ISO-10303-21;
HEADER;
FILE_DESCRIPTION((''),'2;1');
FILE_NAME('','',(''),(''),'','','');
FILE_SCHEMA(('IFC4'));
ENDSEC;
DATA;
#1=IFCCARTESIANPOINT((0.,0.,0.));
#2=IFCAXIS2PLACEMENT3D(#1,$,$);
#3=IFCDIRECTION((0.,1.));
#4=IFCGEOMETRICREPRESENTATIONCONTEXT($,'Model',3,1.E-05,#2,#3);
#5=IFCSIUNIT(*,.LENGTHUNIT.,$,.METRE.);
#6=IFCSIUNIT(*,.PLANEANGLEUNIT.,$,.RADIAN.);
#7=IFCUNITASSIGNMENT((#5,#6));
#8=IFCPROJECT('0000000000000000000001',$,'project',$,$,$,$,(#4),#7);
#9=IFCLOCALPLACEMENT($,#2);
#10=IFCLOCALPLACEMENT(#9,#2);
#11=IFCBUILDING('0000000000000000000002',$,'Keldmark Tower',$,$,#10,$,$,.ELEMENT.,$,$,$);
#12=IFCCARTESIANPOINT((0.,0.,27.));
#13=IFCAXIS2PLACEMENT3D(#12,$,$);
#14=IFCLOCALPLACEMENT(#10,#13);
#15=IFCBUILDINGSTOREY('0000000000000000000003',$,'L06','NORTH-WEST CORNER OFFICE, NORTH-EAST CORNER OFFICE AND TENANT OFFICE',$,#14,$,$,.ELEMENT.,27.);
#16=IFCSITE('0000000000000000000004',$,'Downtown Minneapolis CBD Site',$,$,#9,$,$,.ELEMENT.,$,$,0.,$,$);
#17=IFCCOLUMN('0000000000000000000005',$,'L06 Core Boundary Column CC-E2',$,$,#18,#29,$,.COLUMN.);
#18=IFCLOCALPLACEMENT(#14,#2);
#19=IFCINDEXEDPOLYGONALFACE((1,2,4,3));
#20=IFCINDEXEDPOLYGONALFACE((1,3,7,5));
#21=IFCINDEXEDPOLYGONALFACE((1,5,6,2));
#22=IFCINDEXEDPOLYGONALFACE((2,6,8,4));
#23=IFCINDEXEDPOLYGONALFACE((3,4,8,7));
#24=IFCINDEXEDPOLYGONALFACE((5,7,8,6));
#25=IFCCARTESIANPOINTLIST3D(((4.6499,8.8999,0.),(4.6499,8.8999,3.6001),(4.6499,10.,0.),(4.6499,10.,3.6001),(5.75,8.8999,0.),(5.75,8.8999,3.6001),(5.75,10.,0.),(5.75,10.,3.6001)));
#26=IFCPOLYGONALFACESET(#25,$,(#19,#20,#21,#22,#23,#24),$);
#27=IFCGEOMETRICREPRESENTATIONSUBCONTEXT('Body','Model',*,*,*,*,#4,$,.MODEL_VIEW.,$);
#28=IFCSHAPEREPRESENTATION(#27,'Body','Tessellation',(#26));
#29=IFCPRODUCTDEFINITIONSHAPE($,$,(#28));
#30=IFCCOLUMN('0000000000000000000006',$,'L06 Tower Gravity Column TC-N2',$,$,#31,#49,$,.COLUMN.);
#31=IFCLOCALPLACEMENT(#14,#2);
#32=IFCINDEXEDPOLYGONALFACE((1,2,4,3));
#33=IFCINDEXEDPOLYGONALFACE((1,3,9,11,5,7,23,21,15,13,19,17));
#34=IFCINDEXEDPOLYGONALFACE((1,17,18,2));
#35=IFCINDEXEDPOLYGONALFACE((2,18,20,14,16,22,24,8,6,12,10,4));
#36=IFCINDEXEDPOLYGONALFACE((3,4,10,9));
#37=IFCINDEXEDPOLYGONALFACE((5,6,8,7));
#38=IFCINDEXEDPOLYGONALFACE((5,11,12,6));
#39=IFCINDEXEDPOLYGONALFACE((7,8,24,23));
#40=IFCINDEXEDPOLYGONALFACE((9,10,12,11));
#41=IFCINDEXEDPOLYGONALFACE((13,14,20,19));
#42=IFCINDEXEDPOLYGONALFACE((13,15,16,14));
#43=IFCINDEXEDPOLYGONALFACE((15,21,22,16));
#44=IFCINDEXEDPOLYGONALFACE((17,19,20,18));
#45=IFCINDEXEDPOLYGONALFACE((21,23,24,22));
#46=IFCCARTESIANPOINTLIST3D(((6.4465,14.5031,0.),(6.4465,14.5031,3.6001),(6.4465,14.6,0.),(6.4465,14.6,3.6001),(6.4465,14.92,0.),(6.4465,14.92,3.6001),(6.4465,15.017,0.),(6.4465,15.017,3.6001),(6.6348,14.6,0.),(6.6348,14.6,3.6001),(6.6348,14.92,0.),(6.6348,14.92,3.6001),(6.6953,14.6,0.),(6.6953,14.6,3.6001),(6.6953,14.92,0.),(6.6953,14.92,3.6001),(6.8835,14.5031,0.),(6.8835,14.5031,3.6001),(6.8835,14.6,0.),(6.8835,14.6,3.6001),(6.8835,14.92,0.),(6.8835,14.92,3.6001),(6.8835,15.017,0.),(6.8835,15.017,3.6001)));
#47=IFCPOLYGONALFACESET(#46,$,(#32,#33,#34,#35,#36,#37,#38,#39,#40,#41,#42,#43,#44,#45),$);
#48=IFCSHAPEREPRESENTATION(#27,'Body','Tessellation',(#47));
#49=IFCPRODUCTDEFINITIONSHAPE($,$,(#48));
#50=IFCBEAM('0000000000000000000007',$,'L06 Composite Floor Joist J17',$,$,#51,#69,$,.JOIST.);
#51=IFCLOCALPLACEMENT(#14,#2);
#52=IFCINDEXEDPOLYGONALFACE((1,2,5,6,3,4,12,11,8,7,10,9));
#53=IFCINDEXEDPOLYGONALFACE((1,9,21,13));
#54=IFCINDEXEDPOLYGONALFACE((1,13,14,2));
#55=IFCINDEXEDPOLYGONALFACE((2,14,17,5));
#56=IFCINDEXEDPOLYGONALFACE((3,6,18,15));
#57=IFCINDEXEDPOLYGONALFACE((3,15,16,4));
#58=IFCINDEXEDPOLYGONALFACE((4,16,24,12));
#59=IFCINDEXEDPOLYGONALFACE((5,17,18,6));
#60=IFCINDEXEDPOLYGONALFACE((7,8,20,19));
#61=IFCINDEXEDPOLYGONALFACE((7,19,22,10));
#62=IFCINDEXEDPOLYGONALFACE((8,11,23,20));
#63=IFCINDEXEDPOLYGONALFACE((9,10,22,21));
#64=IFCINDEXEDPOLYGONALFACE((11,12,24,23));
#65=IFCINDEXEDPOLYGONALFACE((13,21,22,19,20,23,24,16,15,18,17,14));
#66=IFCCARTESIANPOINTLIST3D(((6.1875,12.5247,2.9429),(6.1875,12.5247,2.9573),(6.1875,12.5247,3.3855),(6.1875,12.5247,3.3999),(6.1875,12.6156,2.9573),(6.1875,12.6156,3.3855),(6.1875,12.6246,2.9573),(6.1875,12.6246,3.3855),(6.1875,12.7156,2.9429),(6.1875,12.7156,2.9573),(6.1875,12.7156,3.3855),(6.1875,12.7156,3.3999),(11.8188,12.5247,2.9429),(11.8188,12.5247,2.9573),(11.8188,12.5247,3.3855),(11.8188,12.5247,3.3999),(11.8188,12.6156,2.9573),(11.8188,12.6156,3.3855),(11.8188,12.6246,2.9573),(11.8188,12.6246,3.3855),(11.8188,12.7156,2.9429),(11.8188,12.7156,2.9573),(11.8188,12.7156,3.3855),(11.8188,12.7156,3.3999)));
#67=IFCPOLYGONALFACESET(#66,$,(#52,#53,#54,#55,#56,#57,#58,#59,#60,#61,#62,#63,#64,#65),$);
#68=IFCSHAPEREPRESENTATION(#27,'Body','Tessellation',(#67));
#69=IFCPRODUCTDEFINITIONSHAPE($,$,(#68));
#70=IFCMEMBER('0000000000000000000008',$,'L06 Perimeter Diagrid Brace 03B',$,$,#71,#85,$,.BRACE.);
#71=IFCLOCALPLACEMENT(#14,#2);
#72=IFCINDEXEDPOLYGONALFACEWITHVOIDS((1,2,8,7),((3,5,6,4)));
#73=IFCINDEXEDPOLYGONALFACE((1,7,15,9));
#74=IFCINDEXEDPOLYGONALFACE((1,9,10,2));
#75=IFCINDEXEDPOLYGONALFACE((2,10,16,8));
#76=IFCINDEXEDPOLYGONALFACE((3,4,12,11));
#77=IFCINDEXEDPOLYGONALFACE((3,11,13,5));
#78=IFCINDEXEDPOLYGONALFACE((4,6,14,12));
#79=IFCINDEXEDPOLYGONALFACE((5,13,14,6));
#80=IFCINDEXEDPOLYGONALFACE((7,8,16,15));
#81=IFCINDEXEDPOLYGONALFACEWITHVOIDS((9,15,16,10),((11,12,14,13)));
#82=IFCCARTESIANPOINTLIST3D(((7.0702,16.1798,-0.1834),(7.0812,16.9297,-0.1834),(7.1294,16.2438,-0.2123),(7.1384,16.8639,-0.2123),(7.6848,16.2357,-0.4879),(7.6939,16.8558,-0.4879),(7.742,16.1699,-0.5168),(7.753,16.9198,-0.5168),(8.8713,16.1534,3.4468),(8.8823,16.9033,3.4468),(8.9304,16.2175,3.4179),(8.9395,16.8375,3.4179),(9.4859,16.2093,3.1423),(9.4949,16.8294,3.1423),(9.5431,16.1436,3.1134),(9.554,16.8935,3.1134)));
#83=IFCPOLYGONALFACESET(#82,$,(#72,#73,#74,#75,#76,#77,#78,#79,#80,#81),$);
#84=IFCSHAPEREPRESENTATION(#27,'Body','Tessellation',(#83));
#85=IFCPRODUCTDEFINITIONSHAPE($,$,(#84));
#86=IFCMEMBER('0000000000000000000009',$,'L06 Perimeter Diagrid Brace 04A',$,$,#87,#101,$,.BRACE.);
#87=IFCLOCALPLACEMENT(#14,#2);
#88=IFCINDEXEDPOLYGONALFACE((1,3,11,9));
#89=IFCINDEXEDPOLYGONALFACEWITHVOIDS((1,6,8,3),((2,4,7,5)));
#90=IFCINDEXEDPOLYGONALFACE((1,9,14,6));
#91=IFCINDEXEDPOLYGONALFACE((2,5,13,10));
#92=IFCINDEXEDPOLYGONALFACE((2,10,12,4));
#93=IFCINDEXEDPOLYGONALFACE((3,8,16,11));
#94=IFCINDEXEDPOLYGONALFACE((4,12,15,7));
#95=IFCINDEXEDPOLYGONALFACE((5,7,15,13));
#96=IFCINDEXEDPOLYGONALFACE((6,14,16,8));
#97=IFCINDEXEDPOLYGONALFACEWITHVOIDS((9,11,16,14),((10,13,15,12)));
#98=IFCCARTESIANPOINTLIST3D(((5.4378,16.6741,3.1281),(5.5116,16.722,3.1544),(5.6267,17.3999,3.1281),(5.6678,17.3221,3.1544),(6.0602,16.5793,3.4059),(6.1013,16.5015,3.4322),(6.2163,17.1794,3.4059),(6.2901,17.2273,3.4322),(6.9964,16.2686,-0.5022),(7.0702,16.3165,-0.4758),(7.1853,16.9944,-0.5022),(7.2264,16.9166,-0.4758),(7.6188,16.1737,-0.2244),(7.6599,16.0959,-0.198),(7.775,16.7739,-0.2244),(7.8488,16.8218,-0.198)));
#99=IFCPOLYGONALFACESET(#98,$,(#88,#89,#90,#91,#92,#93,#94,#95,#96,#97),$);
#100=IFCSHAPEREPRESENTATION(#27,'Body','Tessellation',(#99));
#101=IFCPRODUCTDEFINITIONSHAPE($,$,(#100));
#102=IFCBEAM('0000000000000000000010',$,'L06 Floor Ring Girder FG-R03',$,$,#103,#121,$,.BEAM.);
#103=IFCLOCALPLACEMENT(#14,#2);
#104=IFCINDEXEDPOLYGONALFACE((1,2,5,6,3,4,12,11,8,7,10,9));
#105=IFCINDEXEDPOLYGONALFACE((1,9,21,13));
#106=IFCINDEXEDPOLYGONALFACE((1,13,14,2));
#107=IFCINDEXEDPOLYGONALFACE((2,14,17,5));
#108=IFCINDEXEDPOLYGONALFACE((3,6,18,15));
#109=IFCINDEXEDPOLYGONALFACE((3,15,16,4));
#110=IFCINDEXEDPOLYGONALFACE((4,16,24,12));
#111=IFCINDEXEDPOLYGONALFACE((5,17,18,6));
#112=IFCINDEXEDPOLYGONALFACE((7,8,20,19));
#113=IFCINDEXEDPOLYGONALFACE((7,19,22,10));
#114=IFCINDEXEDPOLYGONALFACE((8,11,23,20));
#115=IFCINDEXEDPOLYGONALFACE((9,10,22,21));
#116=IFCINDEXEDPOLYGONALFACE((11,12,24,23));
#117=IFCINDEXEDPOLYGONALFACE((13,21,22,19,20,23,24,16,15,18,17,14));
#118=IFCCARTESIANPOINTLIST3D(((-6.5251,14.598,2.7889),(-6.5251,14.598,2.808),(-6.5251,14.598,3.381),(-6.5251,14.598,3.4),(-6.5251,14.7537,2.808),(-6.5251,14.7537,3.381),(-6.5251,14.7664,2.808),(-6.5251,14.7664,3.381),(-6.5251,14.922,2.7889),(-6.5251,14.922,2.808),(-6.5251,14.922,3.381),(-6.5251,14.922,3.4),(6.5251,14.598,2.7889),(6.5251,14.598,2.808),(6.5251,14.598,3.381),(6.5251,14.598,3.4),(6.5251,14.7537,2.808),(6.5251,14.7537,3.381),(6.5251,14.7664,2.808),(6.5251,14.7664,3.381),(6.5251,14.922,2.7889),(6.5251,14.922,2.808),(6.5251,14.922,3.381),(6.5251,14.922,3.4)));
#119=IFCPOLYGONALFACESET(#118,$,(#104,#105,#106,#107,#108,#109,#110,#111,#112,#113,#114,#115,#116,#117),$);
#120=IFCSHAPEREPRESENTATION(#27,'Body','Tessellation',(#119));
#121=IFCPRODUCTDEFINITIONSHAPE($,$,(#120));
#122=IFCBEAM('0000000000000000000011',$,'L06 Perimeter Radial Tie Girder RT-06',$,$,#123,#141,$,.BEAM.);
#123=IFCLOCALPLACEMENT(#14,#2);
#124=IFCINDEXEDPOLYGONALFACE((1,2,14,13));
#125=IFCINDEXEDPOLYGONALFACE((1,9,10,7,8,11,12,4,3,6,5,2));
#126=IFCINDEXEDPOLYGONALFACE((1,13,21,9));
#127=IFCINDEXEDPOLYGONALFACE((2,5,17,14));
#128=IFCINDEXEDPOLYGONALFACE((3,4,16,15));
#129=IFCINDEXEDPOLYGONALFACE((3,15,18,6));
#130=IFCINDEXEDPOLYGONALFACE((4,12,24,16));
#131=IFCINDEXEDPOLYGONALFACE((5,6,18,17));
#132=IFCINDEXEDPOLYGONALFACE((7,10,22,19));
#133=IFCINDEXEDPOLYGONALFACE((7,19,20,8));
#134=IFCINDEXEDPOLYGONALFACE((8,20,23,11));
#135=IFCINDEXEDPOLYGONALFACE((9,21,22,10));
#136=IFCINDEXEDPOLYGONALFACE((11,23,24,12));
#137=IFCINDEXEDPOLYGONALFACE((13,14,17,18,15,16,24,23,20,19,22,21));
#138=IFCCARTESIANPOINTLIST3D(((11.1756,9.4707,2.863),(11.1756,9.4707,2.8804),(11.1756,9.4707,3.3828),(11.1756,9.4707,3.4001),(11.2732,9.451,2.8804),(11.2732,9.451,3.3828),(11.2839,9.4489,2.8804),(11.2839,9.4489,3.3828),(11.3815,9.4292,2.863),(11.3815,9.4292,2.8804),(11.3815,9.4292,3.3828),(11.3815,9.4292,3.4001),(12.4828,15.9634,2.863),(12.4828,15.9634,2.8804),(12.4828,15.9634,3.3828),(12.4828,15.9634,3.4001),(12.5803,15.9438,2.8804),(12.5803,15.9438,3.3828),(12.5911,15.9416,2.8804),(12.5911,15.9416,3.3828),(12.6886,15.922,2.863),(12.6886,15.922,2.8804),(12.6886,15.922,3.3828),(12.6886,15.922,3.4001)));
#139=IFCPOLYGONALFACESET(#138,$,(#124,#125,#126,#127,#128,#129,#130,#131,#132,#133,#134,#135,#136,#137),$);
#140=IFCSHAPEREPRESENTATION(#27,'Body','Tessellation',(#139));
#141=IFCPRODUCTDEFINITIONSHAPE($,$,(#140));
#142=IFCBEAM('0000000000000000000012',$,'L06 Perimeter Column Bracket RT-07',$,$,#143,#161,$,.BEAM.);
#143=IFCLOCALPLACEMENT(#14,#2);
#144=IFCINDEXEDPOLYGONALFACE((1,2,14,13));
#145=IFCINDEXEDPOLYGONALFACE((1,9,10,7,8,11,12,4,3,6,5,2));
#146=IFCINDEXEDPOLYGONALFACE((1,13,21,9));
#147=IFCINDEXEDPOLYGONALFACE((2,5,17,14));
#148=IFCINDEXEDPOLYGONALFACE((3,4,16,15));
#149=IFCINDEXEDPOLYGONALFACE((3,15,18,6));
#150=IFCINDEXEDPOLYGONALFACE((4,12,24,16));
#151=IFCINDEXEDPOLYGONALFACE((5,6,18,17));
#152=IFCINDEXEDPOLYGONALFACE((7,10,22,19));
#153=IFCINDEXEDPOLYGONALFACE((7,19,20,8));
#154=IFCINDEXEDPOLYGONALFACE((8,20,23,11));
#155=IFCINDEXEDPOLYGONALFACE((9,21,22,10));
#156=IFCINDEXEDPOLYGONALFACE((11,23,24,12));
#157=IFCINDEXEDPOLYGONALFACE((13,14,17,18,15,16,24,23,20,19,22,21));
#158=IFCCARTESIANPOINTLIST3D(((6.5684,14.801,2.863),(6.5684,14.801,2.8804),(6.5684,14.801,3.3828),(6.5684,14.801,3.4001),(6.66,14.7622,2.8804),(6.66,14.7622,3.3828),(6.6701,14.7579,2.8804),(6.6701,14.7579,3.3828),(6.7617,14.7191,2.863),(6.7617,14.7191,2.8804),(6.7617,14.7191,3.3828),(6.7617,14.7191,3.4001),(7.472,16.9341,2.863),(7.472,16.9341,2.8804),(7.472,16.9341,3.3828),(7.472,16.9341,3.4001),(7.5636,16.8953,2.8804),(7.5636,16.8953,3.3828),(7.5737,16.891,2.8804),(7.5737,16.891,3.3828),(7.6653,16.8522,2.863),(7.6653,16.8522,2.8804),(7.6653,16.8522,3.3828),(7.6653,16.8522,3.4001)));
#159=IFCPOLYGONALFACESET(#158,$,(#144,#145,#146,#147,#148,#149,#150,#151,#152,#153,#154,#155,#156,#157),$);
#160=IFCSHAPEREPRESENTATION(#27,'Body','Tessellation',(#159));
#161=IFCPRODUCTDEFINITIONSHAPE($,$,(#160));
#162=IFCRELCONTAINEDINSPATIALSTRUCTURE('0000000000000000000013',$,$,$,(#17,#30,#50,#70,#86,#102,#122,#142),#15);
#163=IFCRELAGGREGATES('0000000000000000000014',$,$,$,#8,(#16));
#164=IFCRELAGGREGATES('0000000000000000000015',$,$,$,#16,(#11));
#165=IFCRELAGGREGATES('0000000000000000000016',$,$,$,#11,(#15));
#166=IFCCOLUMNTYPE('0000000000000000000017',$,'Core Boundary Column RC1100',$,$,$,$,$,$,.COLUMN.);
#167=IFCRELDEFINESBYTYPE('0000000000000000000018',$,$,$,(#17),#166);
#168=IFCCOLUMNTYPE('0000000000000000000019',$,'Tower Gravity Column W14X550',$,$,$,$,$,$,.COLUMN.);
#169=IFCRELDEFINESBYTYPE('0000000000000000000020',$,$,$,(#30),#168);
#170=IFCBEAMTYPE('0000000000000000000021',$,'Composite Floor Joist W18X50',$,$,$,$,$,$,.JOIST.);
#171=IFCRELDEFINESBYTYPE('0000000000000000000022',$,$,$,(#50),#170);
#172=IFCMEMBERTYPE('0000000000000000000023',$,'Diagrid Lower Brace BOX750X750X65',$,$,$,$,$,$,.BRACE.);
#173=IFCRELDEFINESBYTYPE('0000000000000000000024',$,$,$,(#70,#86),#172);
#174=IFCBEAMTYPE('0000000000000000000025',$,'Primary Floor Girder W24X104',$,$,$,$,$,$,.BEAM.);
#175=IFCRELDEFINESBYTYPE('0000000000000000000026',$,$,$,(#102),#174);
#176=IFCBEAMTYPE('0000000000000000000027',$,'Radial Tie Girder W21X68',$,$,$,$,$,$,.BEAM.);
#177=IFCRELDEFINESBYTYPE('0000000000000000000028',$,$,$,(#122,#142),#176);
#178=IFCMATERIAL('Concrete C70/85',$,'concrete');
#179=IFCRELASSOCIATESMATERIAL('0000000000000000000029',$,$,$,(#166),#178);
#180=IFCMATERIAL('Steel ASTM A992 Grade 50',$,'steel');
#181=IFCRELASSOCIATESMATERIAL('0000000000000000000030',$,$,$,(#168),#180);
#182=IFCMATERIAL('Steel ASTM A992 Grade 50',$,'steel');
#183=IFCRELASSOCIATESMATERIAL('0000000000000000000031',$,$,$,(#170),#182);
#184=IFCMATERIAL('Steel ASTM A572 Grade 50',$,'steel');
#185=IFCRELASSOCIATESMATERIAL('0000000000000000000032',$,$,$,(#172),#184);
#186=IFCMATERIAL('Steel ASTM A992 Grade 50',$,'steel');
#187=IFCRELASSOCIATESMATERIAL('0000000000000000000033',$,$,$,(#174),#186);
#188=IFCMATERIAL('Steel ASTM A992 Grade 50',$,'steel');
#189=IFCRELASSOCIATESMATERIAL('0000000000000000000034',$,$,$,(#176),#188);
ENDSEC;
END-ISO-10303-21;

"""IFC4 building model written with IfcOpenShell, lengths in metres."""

from ifc_helpers import new_model, si_unit, direction, frame, origin, origin_2d, place, context, subcontext, project, spatial, rectangle, hollow_rectangle, i_section, extrude, material, material_profile, profile_set, type_object, element, save


model = new_model("IFC4")

# Units and contexts
model_context = context("Model", 3, precision=1e-05, world=origin(), true_north=direction((0.0, 1.0)))
body_context = subcontext(model_context, "Body", "Model", "MODEL_VIEW")
ifc_project = project(units=[si_unit("LENGTHUNIT", "METRE"), si_unit("PLANEANGLEUNIT", "RADIAN")], contexts=[model_context])

# Site, building, storey
site_placement = place(None, origin())
site = spatial("IfcSite", under=ifc_project, at=site_placement, Name="Downtown Minneapolis CBD Site", CompositionType="ELEMENT", RefElevation=0.0)
building_placement = place(site_placement, origin())
building = spatial("IfcBuilding", under=site, at=building_placement, Name="Keldmark Tower", CompositionType="ELEMENT")
storey_placement = place(building_placement, frame((0.0, 0.0, 27.0)))
storey = spatial("IfcBuildingStorey", under=building, at=storey_placement, Name="L06", Description="NORTH-WEST CORNER OFFICE, NORTH-EAST CORNER OFFICE AND TENANT OFFICE", CompositionType="ELEMENT", Elevation=27.0)

# Columns
ifc_material_1 = material(Name="Concrete C70/85", Category="concrete")
ifc_material_profile_1 = material_profile(ifc_material_1, rectangle(XDim=1.1001, YDim=1.1001, at=origin_2d()), Name="RC1100X1100")
ifc_profile_set_1 = profile_set([ifc_material_profile_1], Name="Concrete C70/85")
column_type_1 = type_object("IfcColumnType", Name="Core Boundary Column RC1100", PredefinedType="COLUMN", material=ifc_profile_set_1)
column_1_placement = place(storey_placement, frame((5.2, 9.45, 0.0), z_axis=(0.0, 0.0, 1.0), x_axis=(1.0, 0.0, 0.0)))
element("IfcColumn", 1, at=column_1_placement, inside=storey, type_object=column_type_1, Name="L06 Core Boundary Column CC-E2", PredefinedType="COLUMN", context=body_context, shape_type="SweptSolid", body=[
    extrude(rectangle(XDim=1.1001, YDim=1.1001, at=origin_2d()), origin(), (0.0, 0.0, 1.0), 3.6001),
])
ifc_material_2 = material(Name="Steel ASTM A992 Grade 50", Category="steel")
ifc_material_profile_2 = material_profile(ifc_material_2, i_section(OverallWidth=0.437, OverallDepth=0.5139, WebThickness=0.0605, FlangeThickness=0.0969, at=origin_2d()), Name="W14X550")
ifc_profile_set_2 = profile_set([ifc_material_profile_2], Name="Steel ASTM A992 Grade 50")
column_type_2 = type_object("IfcColumnType", Name="Tower Gravity Column W14X550", PredefinedType="COLUMN", material=ifc_profile_set_2)
column_2_placement = place(storey_placement, frame((6.665, 14.76, 0.0), z_axis=(0.0, 0.0, 1.0), x_axis=(1.0, 0.0, 0.0)))
element("IfcColumn", 2, at=column_2_placement, inside=storey, type_object=column_type_2, Name="L06 Tower Gravity Column TC-N2", PredefinedType="COLUMN", context=body_context, shape_type="SweptSolid", body=[
    extrude(i_section(OverallWidth=0.437, OverallDepth=0.5139, WebThickness=0.0605, FlangeThickness=0.0969, at=origin_2d()), origin(), (0.0, 0.0, 1.0), 3.6001),
])

# Beam
ifc_material_3 = material(Name="Steel ASTM A992 Grade 50", Category="steel")
ifc_material_profile_3 = material_profile(ifc_material_3, i_section(OverallWidth=0.1909, OverallDepth=0.457, WebThickness=0.009, FlangeThickness=0.0144, at=origin_2d()), Name="W18X50")
ifc_profile_set_3 = profile_set([ifc_material_profile_3], Name="Steel ASTM A992 Grade 50")
beam_type_1 = type_object("IfcBeamType", Name="Composite Floor Joist W18X50", PredefinedType="JOIST", material=ifc_profile_set_3)
beam_1_placement = place(storey_placement, frame((6.1875, 12.6201, 3.1714), z_axis=(1.0, 0.0, 0.0), x_axis=(0.0, 1.0, 0.0)))
element("IfcBeam", 3, at=beam_1_placement, inside=storey, type_object=beam_type_1, Name="L06 Composite Floor Joist J17", PredefinedType="JOIST", context=body_context, shape_type="SweptSolid", body=[
    extrude(i_section(OverallWidth=0.1909, OverallDepth=0.457, WebThickness=0.009, FlangeThickness=0.0144, at=origin_2d()), origin(), (0.0, 0.0, 1.0), 5.6313),
])

# Members
ifc_material_4 = material(Name="Steel ASTM A572 Grade 50", Category="steel")
ifc_material_profile_4 = material_profile(ifc_material_4, hollow_rectangle(XDim=0.75, YDim=0.75, WallThickness=0.0649, at=origin_2d()), Name="BOX750X750X65")
ifc_profile_set_4 = profile_set([ifc_material_profile_4], Name="Steel ASTM A572 Grade 50")
member_type = type_object("IfcMemberType", Name="Diagrid Lower Brace BOX750X750X65", PredefinedType="BRACE", material=ifc_profile_set_4)
member_1_placement = place(storey_placement, frame((7.4116, 16.5498, -0.3501), z_axis=(0.444431, -0.006507, 0.89579), x_axis=(0.014639, 0.999893, 0.0)))
element("IfcMember", 4, at=member_1_placement, inside=storey, type_object=member_type, Name="L06 Perimeter Diagrid Brace 03B", PredefinedType="BRACE", context=body_context, shape_type="SweptSolid", body=[
    extrude(hollow_rectangle(XDim=0.75, YDim=0.75, WallThickness=0.0649, at=origin_2d()), origin(), (0.0, 0.0, 1.0), 4.0525),
])
member_2_placement = place(storey_placement, frame((7.4226, 16.5452, -0.3501), z_axis=(-0.392461, 0.102111, 0.914083), x_axis=(-0.251799, -0.96778, 0.0)))
element("IfcMember", 5, at=member_2_placement, inside=storey, type_object=member_type, Name="L06 Perimeter Diagrid Brace 04A", PredefinedType="BRACE", context=body_context, shape_type="SweptSolid", body=[
    extrude(hollow_rectangle(XDim=0.75, YDim=0.75, WallThickness=0.0649, at=origin_2d()), origin(), (0.0, 0.0, 1.0), 3.9714),
])

# Beams
ifc_material_5 = material(Name="Steel ASTM A992 Grade 50", Category="steel")
ifc_material_profile_5 = material_profile(ifc_material_5, i_section(OverallWidth=0.324, OverallDepth=0.6111, WebThickness=0.0127, FlangeThickness=0.019, at=origin_2d()), Name="W24X104")
ifc_profile_set_5 = profile_set([ifc_material_profile_5], Name="Steel ASTM A992 Grade 50")
beam_type_2 = type_object("IfcBeamType", Name="Primary Floor Girder W24X104", PredefinedType="BEAM", material=ifc_profile_set_5)
beam_2_placement = place(storey_placement, frame((6.5251, 14.76, 3.0945), z_axis=(-1.0, 0.0, 0.0), x_axis=(0.0, -1.0, 0.0)))
element("IfcBeam", 6, at=beam_2_placement, inside=storey, type_object=beam_type_2, Name="L06 Floor Ring Girder FG-R03", PredefinedType="BEAM", context=body_context, shape_type="SweptSolid", body=[
    extrude(i_section(OverallWidth=0.324, OverallDepth=0.6111, WebThickness=0.0127, FlangeThickness=0.019, at=origin_2d()), origin(), (0.0, 0.0, 1.0), 13.0503),
])
ifc_material_6 = material(Name="Steel ASTM A992 Grade 50", Category="steel")
ifc_material_profile_6 = material_profile(ifc_material_6, i_section(OverallWidth=0.21, OverallDepth=0.5371, WebThickness=0.011, FlangeThickness=0.0173, at=origin_2d()), Name="W21X68")
ifc_profile_set_6 = profile_set([ifc_material_profile_6], Name="Steel ASTM A992 Grade 50")
beam_type_3 = type_object("IfcBeamType", Name="Radial Tie Girder W21X68", PredefinedType="BEAM", material=ifc_profile_set_6)
beam_3_placement = place(storey_placement, frame((11.2786, 9.45, 3.1316), z_axis=(0.197364, 0.98033, 0.0), x_axis=(-0.98033, 0.197364, 0.0)))
element("IfcBeam", 7, at=beam_3_placement, inside=storey, type_object=beam_type_3, Name="L06 Perimeter Radial Tie Girder RT-06", PredefinedType="BEAM", context=body_context, shape_type="SweptSolid", body=[
    extrude(i_section(OverallWidth=0.21, OverallDepth=0.5371, WebThickness=0.011, FlangeThickness=0.0173, at=origin_2d()), origin(), (0.0, 0.0, 1.0), 6.623),
])
beam_4_placement = place(storey_placement, frame((6.665, 14.76, 3.1316), z_axis=(0.390049, 0.920794, 0.0), x_axis=(-0.920794, 0.390049, 0.0)))
element("IfcBeam", 8, at=beam_4_placement, inside=storey, type_object=beam_type_3, Name="L06 Perimeter Column Bracket RT-07", PredefinedType="BEAM", context=body_context, shape_type="SweptSolid", body=[
    extrude(i_section(OverallWidth=0.21, OverallDepth=0.5371, WebThickness=0.011, FlangeThickness=0.0173, at=origin_2d()), origin(), (0.0, 0.0, 1.0), 2.3167),
])

save(model, "model.ifc")
